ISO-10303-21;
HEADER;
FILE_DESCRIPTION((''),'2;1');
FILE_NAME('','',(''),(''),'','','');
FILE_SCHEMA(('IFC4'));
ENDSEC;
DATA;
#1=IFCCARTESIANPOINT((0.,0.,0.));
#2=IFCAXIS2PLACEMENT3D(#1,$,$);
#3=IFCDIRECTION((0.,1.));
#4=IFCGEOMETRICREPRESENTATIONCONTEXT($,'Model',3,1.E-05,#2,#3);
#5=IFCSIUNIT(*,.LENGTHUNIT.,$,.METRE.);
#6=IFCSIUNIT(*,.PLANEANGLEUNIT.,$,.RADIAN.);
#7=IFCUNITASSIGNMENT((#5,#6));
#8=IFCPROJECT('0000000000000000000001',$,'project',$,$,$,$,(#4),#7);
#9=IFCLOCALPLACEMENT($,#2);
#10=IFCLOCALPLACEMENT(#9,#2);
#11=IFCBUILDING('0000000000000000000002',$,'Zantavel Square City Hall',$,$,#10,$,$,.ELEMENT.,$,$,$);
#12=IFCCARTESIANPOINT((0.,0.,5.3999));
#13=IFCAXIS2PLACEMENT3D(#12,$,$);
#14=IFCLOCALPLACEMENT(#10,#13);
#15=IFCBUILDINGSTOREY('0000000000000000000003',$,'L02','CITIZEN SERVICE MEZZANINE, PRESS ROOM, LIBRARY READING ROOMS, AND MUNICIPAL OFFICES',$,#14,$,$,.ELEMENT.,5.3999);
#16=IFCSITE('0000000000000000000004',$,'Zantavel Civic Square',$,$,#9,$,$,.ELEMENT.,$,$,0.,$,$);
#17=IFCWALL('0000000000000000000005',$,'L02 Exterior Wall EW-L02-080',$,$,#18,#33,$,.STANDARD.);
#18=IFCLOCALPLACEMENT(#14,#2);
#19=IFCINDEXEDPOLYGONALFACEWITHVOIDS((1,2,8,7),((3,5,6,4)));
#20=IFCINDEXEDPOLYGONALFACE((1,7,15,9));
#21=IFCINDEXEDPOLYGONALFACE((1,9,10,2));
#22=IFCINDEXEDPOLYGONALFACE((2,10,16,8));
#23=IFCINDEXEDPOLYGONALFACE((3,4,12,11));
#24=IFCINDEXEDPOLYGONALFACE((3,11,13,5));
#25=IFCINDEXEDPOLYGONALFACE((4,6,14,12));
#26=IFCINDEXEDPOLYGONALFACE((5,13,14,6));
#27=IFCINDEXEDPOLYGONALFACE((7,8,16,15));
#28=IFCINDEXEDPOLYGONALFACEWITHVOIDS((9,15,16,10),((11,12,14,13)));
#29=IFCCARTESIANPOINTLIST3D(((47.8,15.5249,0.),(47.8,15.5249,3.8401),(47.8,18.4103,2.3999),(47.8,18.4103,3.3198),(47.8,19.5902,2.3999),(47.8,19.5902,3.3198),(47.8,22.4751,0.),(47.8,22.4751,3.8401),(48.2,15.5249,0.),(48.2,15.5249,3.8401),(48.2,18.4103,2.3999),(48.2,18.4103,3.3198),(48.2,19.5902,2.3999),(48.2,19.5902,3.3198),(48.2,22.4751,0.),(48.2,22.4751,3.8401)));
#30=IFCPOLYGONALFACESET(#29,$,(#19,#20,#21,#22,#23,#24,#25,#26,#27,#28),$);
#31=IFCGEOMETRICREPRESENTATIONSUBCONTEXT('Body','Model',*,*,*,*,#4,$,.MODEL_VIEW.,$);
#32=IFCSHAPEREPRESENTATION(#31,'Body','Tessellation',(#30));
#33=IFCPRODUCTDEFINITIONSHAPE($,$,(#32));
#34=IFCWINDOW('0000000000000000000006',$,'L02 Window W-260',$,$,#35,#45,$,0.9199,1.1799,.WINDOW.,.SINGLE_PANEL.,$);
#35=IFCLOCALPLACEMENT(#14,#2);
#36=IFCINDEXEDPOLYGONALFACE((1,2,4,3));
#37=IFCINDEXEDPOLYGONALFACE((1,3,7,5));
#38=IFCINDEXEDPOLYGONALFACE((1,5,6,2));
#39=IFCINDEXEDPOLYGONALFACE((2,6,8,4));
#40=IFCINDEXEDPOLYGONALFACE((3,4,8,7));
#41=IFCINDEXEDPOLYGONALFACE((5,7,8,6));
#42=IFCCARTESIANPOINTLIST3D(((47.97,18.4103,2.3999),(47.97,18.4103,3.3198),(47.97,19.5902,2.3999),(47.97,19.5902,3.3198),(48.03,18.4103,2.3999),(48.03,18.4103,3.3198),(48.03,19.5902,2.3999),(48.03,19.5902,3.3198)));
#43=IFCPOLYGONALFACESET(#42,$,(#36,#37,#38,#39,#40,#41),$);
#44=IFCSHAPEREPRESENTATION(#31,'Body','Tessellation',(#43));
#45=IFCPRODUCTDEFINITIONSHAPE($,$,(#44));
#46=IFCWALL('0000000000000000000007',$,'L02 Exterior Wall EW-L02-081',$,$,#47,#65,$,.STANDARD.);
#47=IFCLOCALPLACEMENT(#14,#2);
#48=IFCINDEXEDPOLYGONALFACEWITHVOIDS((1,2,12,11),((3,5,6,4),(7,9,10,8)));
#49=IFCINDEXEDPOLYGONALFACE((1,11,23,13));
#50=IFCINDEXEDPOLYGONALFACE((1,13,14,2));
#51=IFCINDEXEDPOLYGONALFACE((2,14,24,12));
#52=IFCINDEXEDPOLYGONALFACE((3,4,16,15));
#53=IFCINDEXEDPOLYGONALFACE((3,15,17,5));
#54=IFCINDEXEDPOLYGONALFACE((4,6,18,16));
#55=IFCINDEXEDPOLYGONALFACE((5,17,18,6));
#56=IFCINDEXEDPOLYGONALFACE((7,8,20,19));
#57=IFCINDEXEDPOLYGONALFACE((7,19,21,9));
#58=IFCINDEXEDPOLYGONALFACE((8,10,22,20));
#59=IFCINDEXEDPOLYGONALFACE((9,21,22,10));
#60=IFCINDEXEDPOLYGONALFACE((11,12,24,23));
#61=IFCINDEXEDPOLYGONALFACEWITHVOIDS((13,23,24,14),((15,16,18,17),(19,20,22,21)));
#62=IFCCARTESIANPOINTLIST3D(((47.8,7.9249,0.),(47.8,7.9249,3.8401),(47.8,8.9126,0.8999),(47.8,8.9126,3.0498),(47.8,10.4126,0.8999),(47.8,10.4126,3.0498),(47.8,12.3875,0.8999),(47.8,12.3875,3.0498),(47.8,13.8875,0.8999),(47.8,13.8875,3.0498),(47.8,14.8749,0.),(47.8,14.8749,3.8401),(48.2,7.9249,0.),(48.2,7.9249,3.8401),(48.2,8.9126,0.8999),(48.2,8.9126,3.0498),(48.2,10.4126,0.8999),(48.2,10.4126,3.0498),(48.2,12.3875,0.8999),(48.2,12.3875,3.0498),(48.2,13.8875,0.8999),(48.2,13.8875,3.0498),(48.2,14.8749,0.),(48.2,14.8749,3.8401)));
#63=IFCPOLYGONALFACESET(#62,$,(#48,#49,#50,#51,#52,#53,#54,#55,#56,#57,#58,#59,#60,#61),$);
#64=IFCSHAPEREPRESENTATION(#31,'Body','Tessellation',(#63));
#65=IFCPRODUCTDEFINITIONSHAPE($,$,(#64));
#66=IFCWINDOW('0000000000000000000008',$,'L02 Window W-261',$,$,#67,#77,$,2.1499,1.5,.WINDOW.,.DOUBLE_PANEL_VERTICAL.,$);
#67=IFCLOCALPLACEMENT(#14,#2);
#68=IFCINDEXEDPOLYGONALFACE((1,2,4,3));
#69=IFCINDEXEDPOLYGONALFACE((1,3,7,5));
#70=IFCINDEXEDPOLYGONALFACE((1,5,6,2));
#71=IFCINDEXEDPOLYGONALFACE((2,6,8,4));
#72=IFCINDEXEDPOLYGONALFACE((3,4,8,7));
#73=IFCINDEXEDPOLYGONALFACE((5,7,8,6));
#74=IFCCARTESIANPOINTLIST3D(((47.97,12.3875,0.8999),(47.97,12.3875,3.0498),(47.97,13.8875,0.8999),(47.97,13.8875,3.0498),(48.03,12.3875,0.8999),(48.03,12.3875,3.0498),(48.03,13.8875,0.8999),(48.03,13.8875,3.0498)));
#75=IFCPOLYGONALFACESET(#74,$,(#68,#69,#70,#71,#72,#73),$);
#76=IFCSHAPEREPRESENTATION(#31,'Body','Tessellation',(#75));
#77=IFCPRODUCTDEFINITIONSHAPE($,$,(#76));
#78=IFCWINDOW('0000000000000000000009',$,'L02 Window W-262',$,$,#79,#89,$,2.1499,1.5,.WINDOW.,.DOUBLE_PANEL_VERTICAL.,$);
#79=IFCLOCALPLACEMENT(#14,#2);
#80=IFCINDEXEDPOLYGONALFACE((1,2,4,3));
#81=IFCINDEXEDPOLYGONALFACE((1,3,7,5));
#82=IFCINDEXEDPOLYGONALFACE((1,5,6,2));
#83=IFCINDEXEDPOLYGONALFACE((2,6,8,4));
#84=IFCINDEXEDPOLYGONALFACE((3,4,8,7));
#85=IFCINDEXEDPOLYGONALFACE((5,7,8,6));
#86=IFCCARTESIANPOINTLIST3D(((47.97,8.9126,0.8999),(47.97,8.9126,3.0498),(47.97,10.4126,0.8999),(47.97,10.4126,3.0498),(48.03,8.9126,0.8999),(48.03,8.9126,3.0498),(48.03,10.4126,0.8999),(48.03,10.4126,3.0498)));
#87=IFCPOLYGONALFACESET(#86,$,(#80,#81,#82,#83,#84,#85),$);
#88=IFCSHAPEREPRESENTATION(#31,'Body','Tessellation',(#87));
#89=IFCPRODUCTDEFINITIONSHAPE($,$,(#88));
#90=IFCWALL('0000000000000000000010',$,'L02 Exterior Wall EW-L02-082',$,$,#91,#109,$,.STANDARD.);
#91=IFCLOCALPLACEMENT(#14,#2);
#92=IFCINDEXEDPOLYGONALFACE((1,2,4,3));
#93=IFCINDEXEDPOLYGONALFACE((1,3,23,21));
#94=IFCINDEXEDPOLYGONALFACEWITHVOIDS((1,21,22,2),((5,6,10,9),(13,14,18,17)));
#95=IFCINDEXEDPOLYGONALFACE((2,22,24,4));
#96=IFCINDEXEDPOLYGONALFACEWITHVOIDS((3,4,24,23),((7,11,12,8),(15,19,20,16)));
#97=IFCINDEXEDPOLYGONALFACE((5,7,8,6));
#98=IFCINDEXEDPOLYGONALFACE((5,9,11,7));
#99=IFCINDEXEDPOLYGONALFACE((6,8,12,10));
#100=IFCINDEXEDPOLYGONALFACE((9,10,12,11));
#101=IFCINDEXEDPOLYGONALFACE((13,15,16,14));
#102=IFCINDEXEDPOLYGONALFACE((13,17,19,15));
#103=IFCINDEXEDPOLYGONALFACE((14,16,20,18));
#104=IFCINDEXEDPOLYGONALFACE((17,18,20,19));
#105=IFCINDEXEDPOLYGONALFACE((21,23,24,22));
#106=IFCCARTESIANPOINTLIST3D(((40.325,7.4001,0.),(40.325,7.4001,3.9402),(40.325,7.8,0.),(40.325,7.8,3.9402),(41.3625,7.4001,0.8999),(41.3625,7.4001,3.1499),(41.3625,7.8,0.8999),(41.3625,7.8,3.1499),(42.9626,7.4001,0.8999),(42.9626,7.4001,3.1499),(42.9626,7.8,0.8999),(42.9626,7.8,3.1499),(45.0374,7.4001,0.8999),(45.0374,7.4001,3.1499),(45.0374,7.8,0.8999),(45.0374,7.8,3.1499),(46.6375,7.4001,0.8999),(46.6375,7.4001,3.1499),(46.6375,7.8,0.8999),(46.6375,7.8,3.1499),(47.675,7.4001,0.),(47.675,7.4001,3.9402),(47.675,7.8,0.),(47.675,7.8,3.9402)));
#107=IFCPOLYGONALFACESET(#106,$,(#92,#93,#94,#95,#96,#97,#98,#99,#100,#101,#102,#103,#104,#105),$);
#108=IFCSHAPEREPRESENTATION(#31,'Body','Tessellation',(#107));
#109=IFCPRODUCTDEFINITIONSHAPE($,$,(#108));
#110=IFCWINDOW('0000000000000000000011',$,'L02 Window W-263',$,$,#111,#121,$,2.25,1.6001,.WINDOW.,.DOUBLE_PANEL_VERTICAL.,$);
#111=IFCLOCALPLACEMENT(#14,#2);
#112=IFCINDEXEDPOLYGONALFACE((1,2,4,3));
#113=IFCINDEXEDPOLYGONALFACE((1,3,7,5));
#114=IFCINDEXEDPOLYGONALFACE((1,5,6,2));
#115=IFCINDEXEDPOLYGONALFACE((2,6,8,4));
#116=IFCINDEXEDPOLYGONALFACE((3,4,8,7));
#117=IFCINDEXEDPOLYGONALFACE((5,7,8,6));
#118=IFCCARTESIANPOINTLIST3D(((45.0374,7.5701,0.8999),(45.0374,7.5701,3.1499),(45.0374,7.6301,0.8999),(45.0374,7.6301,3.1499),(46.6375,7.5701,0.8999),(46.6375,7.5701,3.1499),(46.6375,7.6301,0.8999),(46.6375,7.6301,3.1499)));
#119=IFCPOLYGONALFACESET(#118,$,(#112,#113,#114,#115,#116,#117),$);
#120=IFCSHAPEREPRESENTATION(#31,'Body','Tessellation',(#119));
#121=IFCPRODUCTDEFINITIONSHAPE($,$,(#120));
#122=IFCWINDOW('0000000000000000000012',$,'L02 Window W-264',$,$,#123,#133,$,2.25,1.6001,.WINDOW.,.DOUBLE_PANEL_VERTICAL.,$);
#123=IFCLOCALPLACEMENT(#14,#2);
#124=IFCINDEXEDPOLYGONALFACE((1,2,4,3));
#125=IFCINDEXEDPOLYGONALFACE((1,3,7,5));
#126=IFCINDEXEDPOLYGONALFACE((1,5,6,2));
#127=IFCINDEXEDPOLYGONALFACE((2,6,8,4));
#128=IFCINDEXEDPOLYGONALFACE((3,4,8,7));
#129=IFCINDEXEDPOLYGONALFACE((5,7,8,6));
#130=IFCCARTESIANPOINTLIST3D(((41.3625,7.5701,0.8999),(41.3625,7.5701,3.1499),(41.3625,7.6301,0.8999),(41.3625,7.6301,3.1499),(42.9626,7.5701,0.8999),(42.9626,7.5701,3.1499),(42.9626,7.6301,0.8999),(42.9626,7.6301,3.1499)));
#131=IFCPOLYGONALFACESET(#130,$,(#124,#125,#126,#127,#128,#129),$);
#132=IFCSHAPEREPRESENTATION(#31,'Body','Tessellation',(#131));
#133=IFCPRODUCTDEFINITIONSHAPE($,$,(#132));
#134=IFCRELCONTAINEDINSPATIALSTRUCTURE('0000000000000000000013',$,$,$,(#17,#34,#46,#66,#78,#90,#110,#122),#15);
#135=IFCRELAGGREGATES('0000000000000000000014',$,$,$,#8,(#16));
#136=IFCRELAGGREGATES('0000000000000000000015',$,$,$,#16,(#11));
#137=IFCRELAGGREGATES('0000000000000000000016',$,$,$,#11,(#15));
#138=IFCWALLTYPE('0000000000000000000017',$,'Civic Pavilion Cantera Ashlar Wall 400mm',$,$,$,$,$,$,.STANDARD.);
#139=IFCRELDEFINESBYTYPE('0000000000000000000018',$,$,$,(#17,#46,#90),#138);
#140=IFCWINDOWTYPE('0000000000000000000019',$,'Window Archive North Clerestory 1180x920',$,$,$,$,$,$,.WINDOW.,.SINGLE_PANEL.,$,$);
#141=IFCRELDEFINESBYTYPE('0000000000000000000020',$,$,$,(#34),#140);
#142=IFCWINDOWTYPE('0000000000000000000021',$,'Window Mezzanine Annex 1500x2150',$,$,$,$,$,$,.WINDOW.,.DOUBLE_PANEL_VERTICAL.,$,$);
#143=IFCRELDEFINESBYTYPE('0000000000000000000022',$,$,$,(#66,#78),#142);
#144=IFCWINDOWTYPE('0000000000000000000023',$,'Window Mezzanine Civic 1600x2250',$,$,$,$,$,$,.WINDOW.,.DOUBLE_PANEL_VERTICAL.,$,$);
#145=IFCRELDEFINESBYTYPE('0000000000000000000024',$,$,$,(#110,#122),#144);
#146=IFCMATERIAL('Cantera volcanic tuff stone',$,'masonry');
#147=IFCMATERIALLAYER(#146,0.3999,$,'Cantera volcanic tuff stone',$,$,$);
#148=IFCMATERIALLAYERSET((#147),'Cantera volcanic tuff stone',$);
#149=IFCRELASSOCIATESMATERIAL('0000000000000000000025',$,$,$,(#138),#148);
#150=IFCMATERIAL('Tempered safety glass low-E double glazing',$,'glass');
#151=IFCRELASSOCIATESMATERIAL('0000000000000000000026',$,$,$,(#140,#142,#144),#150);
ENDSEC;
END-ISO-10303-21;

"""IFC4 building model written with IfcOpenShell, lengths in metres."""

from ifc_helpers import new_model, si_unit, direction, frame, frame_2d, origin, place, context, subcontext, project, spatial, rectangle, extrude, material, layer, layer_set, type_object, element, fill, save


model = new_model("IFC4")

# Units and contexts
model_context = context("Model", 3, precision=1e-05, world=origin(), true_north=direction((0.0, 1.0)))
body_context = subcontext(model_context, "Body", "Model", "MODEL_VIEW")
ifc_project = project(units=[si_unit("LENGTHUNIT", "METRE"), si_unit("PLANEANGLEUNIT", "RADIAN")], contexts=[model_context])

# Site, building, storey
site_placement = place(None, origin())
site = spatial("IfcSite", under=ifc_project, at=site_placement, Name="Zantavel Civic Square", CompositionType="ELEMENT", RefElevation=0.0)
building_placement = place(site_placement, origin())
building = spatial("IfcBuilding", under=site, at=building_placement, Name="Zantavel Square City Hall", CompositionType="ELEMENT")
storey_placement = place(building_placement, frame((0.0, 0.0, 5.3999)))
storey = spatial("IfcBuildingStorey", under=building, at=storey_placement, Name="L02", Description="CITIZEN SERVICE MEZZANINE, PRESS ROOM, LIBRARY READING ROOMS, AND MUNICIPAL OFFICES", CompositionType="ELEMENT", Elevation=5.3999)

# Wall, opening, window
ifc_material_1 = material(Name="Cantera volcanic tuff stone", Category="masonry")
ifc_layer_1 = layer(ifc_material_1, 0.3999, Name="Cantera volcanic tuff stone")
ifc_layer_set_1 = layer_set([ifc_layer_1], Name="Cantera volcanic tuff stone")
wall_type_1 = type_object("IfcWallType", Name="Civic Pavilion Cantera Ashlar Wall 400mm", PredefinedType="STANDARD", material=ifc_layer_set_1)
wall_1_placement = place(storey_placement, frame((48.0, 22.4751, 0.0), z_axis=(0.0, 0.0, 1.0), x_axis=(0.0, -1.0, 0.0)))
wall_1 = element("IfcWall", 1, at=wall_1_placement, inside=storey, type_object=wall_type_1, Name="L02 Exterior Wall EW-L02-080", PredefinedType="STANDARD", context=body_context, shape_type="SweptSolid", body=[
    extrude(rectangle(XDim=6.9502, YDim=0.3999, at=frame_2d((3.4751, 0.0))), origin(), (0.0, 0.0, 1.0), 3.8401),
])
opening_1_placement = place(wall_1_placement, frame((2.885, 0.0, 2.3999)))
opening_1 = element("IfcOpeningElement", 2, at=opening_1_placement, cuts=wall_1, PredefinedType="OPENING", context=body_context, shape_type="SweptSolid", body=[
    extrude(rectangle(XDim=1.1799, YDim=0.9199, at=frame_2d((0.5898, 0.46))), frame((0.0, 0.21, 0.0), z_axis=(0.0, -1.0, 0.0), x_axis=(1.0, 0.0, 0.0)), (0.0, 0.0, 1.0), 0.4199),
])
ifc_material_2 = material(Name="Tempered safety glass low-E double glazing", Category="glass")
window_type_1 = type_object("IfcWindowType", Name="Window Archive North Clerestory 1180x920", PartitioningType="SINGLE_PANEL", PredefinedType="WINDOW", material=ifc_material_2)
window_1_placement = place(opening_1_placement, origin())
window_1 = element("IfcWindow", 3, at=window_1_placement, inside=storey, type_object=window_type_1, Name="L02 Window W-260", OverallHeight=0.9199, OverallWidth=1.1799, PartitioningType="SINGLE_PANEL", PredefinedType="WINDOW", context=body_context, shape_type="SweptSolid", body=[
    extrude(rectangle(XDim=1.1799, YDim=0.9199, at=frame_2d((0.5898, 0.46))), frame((0.0, 0.03, 0.0), z_axis=(0.0, -1.0, 0.0), x_axis=(1.0, 0.0, 0.0)), (0.0, 0.0, 1.0), 0.0601),
])
fill(opening_1, window_1)

# Walls, openings, windows
wall_2_placement = place(storey_placement, frame((48.0, 14.875, 0.0), z_axis=(0.0, 0.0, 1.0), x_axis=(0.0, -1.0, 0.0)))
wall_2 = element("IfcWall", 4, at=wall_2_placement, inside=storey, type_object=wall_type_1, Name="L02 Exterior Wall EW-L02-081", PredefinedType="STANDARD", context=body_context, shape_type="SweptSolid", body=[
    extrude(rectangle(XDim=6.95, YDim=0.3999, at=frame_2d((3.4751, 0.0))), origin(), (0.0, 0.0, 1.0), 3.8401),
])
opening_2_placement = place(wall_2_placement, frame((0.9875, 0.0, 0.8999)))
opening_2 = element("IfcOpeningElement", 5, at=opening_2_placement, cuts=wall_2, PredefinedType="OPENING", context=body_context, shape_type="SweptSolid", body=[
    extrude(rectangle(XDim=1.5, YDim=2.1499, at=frame_2d((0.75, 1.075))), frame((0.0, 0.21, 0.0), z_axis=(0.0, -1.0, 0.0), x_axis=(1.0, 0.0, 0.0)), (0.0, 0.0, 1.0), 0.4199),
])
opening_3_placement = place(wall_2_placement, frame((4.4624, 0.0, 0.8999)))
opening_3 = element("IfcOpeningElement", 6, at=opening_3_placement, cuts=wall_2, PredefinedType="OPENING", context=body_context, shape_type="SweptSolid", body=[
    extrude(rectangle(XDim=1.5, YDim=2.1499, at=frame_2d((0.75, 1.075))), frame((0.0, 0.21, 0.0), z_axis=(0.0, -1.0, 0.0), x_axis=(1.0, 0.0, 0.0)), (0.0, 0.0, 1.0), 0.4199),
])
window_type_2 = type_object("IfcWindowType", Name="Window Mezzanine Annex 1500x2150", PartitioningType="DOUBLE_PANEL_VERTICAL", PredefinedType="WINDOW", material=ifc_material_2)
window_2_placement = place(opening_2_placement, origin())
window_2 = element("IfcWindow", 7, at=window_2_placement, inside=storey, type_object=window_type_2, Name="L02 Window W-261", OverallHeight=2.1499, OverallWidth=1.5, PartitioningType="DOUBLE_PANEL_VERTICAL", PredefinedType="WINDOW", context=body_context, shape_type="SweptSolid", body=[
    extrude(rectangle(XDim=1.5, YDim=2.1499, at=frame_2d((0.75, 1.075))), frame((0.0, 0.03, 0.0), z_axis=(0.0, -1.0, 0.0), x_axis=(1.0, 0.0, 0.0)), (0.0, 0.0, 1.0), 0.0601),
])
fill(opening_2, window_2)
window_3_placement = place(opening_3_placement, origin())
window_3 = element("IfcWindow", 8, at=window_3_placement, inside=storey, type_object=window_type_2, Name="L02 Window W-262", OverallHeight=2.1499, OverallWidth=1.5, PartitioningType="DOUBLE_PANEL_VERTICAL", PredefinedType="WINDOW", context=body_context, shape_type="SweptSolid", body=[
    extrude(rectangle(XDim=1.5, YDim=2.1499, at=frame_2d((0.75, 1.075))), frame((0.0, 0.03, 0.0), z_axis=(0.0, -1.0, 0.0), x_axis=(1.0, 0.0, 0.0)), (0.0, 0.0, 1.0), 0.0601),
])
fill(opening_3, window_3)
wall_3_placement = place(storey_placement, frame((47.675, 7.6001, 0.0), z_axis=(0.0, 0.0, 1.0), x_axis=(-1.0, 0.0, 0.0)))
wall_3 = element("IfcWall", 9, at=wall_3_placement, inside=storey, type_object=wall_type_1, Name="L02 Exterior Wall EW-L02-082", PredefinedType="STANDARD", context=body_context, shape_type="SweptSolid", body=[
    extrude(rectangle(XDim=7.3501, YDim=0.3999, at=frame_2d((3.675, 0.0))), origin(), (0.0, 0.0, 1.0), 3.9402),
])
opening_4_placement = place(wall_3_placement, frame((1.0376, 0.0, 0.8999)))
opening_4 = element("IfcOpeningElement", 10, at=opening_4_placement, cuts=wall_3, PredefinedType="OPENING", context=body_context, shape_type="SweptSolid", body=[
    extrude(rectangle(XDim=1.6001, YDim=2.25, at=frame_2d((0.8, 1.125))), frame((0.0, 0.21, 0.0), z_axis=(0.0, -1.0, 0.0), x_axis=(1.0, 0.0, 0.0)), (0.0, 0.0, 1.0), 0.4199),
])
opening_5_placement = place(wall_3_placement, frame((4.7124, 0.0, 0.8999)))
opening_5 = element("IfcOpeningElement", 11, at=opening_5_placement, cuts=wall_3, PredefinedType="OPENING", context=body_context, shape_type="SweptSolid", body=[
    extrude(rectangle(XDim=1.6001, YDim=2.25, at=frame_2d((0.8, 1.125))), frame((0.0, 0.21, 0.0), z_axis=(0.0, -1.0, 0.0), x_axis=(1.0, 0.0, 0.0)), (0.0, 0.0, 1.0), 0.4199),
])
window_type_3 = type_object("IfcWindowType", Name="Window Mezzanine Civic 1600x2250", PartitioningType="DOUBLE_PANEL_VERTICAL", PredefinedType="WINDOW", material=ifc_material_2)
window_4_placement = place(opening_4_placement, origin())
window_4 = element("IfcWindow", 12, at=window_4_placement, inside=storey, type_object=window_type_3, Name="L02 Window W-263", OverallHeight=2.25, OverallWidth=1.6001, PartitioningType="DOUBLE_PANEL_VERTICAL", PredefinedType="WINDOW", context=body_context, shape_type="SweptSolid", body=[
    extrude(rectangle(XDim=1.6001, YDim=2.25, at=frame_2d((0.8, 1.125))), frame((0.0, 0.03, 0.0), z_axis=(0.0, -1.0, 0.0), x_axis=(1.0, 0.0, 0.0)), (0.0, 0.0, 1.0), 0.0601),
])
fill(opening_4, window_4)
window_5_placement = place(opening_5_placement, origin())
window_5 = element("IfcWindow", 13, at=window_5_placement, inside=storey, type_object=window_type_3, Name="L02 Window W-264", OverallHeight=2.25, OverallWidth=1.6001, PartitioningType="DOUBLE_PANEL_VERTICAL", PredefinedType="WINDOW", context=body_context, shape_type="SweptSolid", body=[
    extrude(rectangle(XDim=1.6001, YDim=2.25, at=frame_2d((0.8, 1.125))), frame((0.0, 0.03, 0.0), z_axis=(0.0, -1.0, 0.0), x_axis=(1.0, 0.0, 0.0)), (0.0, 0.0, 1.0), 0.0601),
])
fill(opening_5, window_5)

save(model, "model.ifc")
